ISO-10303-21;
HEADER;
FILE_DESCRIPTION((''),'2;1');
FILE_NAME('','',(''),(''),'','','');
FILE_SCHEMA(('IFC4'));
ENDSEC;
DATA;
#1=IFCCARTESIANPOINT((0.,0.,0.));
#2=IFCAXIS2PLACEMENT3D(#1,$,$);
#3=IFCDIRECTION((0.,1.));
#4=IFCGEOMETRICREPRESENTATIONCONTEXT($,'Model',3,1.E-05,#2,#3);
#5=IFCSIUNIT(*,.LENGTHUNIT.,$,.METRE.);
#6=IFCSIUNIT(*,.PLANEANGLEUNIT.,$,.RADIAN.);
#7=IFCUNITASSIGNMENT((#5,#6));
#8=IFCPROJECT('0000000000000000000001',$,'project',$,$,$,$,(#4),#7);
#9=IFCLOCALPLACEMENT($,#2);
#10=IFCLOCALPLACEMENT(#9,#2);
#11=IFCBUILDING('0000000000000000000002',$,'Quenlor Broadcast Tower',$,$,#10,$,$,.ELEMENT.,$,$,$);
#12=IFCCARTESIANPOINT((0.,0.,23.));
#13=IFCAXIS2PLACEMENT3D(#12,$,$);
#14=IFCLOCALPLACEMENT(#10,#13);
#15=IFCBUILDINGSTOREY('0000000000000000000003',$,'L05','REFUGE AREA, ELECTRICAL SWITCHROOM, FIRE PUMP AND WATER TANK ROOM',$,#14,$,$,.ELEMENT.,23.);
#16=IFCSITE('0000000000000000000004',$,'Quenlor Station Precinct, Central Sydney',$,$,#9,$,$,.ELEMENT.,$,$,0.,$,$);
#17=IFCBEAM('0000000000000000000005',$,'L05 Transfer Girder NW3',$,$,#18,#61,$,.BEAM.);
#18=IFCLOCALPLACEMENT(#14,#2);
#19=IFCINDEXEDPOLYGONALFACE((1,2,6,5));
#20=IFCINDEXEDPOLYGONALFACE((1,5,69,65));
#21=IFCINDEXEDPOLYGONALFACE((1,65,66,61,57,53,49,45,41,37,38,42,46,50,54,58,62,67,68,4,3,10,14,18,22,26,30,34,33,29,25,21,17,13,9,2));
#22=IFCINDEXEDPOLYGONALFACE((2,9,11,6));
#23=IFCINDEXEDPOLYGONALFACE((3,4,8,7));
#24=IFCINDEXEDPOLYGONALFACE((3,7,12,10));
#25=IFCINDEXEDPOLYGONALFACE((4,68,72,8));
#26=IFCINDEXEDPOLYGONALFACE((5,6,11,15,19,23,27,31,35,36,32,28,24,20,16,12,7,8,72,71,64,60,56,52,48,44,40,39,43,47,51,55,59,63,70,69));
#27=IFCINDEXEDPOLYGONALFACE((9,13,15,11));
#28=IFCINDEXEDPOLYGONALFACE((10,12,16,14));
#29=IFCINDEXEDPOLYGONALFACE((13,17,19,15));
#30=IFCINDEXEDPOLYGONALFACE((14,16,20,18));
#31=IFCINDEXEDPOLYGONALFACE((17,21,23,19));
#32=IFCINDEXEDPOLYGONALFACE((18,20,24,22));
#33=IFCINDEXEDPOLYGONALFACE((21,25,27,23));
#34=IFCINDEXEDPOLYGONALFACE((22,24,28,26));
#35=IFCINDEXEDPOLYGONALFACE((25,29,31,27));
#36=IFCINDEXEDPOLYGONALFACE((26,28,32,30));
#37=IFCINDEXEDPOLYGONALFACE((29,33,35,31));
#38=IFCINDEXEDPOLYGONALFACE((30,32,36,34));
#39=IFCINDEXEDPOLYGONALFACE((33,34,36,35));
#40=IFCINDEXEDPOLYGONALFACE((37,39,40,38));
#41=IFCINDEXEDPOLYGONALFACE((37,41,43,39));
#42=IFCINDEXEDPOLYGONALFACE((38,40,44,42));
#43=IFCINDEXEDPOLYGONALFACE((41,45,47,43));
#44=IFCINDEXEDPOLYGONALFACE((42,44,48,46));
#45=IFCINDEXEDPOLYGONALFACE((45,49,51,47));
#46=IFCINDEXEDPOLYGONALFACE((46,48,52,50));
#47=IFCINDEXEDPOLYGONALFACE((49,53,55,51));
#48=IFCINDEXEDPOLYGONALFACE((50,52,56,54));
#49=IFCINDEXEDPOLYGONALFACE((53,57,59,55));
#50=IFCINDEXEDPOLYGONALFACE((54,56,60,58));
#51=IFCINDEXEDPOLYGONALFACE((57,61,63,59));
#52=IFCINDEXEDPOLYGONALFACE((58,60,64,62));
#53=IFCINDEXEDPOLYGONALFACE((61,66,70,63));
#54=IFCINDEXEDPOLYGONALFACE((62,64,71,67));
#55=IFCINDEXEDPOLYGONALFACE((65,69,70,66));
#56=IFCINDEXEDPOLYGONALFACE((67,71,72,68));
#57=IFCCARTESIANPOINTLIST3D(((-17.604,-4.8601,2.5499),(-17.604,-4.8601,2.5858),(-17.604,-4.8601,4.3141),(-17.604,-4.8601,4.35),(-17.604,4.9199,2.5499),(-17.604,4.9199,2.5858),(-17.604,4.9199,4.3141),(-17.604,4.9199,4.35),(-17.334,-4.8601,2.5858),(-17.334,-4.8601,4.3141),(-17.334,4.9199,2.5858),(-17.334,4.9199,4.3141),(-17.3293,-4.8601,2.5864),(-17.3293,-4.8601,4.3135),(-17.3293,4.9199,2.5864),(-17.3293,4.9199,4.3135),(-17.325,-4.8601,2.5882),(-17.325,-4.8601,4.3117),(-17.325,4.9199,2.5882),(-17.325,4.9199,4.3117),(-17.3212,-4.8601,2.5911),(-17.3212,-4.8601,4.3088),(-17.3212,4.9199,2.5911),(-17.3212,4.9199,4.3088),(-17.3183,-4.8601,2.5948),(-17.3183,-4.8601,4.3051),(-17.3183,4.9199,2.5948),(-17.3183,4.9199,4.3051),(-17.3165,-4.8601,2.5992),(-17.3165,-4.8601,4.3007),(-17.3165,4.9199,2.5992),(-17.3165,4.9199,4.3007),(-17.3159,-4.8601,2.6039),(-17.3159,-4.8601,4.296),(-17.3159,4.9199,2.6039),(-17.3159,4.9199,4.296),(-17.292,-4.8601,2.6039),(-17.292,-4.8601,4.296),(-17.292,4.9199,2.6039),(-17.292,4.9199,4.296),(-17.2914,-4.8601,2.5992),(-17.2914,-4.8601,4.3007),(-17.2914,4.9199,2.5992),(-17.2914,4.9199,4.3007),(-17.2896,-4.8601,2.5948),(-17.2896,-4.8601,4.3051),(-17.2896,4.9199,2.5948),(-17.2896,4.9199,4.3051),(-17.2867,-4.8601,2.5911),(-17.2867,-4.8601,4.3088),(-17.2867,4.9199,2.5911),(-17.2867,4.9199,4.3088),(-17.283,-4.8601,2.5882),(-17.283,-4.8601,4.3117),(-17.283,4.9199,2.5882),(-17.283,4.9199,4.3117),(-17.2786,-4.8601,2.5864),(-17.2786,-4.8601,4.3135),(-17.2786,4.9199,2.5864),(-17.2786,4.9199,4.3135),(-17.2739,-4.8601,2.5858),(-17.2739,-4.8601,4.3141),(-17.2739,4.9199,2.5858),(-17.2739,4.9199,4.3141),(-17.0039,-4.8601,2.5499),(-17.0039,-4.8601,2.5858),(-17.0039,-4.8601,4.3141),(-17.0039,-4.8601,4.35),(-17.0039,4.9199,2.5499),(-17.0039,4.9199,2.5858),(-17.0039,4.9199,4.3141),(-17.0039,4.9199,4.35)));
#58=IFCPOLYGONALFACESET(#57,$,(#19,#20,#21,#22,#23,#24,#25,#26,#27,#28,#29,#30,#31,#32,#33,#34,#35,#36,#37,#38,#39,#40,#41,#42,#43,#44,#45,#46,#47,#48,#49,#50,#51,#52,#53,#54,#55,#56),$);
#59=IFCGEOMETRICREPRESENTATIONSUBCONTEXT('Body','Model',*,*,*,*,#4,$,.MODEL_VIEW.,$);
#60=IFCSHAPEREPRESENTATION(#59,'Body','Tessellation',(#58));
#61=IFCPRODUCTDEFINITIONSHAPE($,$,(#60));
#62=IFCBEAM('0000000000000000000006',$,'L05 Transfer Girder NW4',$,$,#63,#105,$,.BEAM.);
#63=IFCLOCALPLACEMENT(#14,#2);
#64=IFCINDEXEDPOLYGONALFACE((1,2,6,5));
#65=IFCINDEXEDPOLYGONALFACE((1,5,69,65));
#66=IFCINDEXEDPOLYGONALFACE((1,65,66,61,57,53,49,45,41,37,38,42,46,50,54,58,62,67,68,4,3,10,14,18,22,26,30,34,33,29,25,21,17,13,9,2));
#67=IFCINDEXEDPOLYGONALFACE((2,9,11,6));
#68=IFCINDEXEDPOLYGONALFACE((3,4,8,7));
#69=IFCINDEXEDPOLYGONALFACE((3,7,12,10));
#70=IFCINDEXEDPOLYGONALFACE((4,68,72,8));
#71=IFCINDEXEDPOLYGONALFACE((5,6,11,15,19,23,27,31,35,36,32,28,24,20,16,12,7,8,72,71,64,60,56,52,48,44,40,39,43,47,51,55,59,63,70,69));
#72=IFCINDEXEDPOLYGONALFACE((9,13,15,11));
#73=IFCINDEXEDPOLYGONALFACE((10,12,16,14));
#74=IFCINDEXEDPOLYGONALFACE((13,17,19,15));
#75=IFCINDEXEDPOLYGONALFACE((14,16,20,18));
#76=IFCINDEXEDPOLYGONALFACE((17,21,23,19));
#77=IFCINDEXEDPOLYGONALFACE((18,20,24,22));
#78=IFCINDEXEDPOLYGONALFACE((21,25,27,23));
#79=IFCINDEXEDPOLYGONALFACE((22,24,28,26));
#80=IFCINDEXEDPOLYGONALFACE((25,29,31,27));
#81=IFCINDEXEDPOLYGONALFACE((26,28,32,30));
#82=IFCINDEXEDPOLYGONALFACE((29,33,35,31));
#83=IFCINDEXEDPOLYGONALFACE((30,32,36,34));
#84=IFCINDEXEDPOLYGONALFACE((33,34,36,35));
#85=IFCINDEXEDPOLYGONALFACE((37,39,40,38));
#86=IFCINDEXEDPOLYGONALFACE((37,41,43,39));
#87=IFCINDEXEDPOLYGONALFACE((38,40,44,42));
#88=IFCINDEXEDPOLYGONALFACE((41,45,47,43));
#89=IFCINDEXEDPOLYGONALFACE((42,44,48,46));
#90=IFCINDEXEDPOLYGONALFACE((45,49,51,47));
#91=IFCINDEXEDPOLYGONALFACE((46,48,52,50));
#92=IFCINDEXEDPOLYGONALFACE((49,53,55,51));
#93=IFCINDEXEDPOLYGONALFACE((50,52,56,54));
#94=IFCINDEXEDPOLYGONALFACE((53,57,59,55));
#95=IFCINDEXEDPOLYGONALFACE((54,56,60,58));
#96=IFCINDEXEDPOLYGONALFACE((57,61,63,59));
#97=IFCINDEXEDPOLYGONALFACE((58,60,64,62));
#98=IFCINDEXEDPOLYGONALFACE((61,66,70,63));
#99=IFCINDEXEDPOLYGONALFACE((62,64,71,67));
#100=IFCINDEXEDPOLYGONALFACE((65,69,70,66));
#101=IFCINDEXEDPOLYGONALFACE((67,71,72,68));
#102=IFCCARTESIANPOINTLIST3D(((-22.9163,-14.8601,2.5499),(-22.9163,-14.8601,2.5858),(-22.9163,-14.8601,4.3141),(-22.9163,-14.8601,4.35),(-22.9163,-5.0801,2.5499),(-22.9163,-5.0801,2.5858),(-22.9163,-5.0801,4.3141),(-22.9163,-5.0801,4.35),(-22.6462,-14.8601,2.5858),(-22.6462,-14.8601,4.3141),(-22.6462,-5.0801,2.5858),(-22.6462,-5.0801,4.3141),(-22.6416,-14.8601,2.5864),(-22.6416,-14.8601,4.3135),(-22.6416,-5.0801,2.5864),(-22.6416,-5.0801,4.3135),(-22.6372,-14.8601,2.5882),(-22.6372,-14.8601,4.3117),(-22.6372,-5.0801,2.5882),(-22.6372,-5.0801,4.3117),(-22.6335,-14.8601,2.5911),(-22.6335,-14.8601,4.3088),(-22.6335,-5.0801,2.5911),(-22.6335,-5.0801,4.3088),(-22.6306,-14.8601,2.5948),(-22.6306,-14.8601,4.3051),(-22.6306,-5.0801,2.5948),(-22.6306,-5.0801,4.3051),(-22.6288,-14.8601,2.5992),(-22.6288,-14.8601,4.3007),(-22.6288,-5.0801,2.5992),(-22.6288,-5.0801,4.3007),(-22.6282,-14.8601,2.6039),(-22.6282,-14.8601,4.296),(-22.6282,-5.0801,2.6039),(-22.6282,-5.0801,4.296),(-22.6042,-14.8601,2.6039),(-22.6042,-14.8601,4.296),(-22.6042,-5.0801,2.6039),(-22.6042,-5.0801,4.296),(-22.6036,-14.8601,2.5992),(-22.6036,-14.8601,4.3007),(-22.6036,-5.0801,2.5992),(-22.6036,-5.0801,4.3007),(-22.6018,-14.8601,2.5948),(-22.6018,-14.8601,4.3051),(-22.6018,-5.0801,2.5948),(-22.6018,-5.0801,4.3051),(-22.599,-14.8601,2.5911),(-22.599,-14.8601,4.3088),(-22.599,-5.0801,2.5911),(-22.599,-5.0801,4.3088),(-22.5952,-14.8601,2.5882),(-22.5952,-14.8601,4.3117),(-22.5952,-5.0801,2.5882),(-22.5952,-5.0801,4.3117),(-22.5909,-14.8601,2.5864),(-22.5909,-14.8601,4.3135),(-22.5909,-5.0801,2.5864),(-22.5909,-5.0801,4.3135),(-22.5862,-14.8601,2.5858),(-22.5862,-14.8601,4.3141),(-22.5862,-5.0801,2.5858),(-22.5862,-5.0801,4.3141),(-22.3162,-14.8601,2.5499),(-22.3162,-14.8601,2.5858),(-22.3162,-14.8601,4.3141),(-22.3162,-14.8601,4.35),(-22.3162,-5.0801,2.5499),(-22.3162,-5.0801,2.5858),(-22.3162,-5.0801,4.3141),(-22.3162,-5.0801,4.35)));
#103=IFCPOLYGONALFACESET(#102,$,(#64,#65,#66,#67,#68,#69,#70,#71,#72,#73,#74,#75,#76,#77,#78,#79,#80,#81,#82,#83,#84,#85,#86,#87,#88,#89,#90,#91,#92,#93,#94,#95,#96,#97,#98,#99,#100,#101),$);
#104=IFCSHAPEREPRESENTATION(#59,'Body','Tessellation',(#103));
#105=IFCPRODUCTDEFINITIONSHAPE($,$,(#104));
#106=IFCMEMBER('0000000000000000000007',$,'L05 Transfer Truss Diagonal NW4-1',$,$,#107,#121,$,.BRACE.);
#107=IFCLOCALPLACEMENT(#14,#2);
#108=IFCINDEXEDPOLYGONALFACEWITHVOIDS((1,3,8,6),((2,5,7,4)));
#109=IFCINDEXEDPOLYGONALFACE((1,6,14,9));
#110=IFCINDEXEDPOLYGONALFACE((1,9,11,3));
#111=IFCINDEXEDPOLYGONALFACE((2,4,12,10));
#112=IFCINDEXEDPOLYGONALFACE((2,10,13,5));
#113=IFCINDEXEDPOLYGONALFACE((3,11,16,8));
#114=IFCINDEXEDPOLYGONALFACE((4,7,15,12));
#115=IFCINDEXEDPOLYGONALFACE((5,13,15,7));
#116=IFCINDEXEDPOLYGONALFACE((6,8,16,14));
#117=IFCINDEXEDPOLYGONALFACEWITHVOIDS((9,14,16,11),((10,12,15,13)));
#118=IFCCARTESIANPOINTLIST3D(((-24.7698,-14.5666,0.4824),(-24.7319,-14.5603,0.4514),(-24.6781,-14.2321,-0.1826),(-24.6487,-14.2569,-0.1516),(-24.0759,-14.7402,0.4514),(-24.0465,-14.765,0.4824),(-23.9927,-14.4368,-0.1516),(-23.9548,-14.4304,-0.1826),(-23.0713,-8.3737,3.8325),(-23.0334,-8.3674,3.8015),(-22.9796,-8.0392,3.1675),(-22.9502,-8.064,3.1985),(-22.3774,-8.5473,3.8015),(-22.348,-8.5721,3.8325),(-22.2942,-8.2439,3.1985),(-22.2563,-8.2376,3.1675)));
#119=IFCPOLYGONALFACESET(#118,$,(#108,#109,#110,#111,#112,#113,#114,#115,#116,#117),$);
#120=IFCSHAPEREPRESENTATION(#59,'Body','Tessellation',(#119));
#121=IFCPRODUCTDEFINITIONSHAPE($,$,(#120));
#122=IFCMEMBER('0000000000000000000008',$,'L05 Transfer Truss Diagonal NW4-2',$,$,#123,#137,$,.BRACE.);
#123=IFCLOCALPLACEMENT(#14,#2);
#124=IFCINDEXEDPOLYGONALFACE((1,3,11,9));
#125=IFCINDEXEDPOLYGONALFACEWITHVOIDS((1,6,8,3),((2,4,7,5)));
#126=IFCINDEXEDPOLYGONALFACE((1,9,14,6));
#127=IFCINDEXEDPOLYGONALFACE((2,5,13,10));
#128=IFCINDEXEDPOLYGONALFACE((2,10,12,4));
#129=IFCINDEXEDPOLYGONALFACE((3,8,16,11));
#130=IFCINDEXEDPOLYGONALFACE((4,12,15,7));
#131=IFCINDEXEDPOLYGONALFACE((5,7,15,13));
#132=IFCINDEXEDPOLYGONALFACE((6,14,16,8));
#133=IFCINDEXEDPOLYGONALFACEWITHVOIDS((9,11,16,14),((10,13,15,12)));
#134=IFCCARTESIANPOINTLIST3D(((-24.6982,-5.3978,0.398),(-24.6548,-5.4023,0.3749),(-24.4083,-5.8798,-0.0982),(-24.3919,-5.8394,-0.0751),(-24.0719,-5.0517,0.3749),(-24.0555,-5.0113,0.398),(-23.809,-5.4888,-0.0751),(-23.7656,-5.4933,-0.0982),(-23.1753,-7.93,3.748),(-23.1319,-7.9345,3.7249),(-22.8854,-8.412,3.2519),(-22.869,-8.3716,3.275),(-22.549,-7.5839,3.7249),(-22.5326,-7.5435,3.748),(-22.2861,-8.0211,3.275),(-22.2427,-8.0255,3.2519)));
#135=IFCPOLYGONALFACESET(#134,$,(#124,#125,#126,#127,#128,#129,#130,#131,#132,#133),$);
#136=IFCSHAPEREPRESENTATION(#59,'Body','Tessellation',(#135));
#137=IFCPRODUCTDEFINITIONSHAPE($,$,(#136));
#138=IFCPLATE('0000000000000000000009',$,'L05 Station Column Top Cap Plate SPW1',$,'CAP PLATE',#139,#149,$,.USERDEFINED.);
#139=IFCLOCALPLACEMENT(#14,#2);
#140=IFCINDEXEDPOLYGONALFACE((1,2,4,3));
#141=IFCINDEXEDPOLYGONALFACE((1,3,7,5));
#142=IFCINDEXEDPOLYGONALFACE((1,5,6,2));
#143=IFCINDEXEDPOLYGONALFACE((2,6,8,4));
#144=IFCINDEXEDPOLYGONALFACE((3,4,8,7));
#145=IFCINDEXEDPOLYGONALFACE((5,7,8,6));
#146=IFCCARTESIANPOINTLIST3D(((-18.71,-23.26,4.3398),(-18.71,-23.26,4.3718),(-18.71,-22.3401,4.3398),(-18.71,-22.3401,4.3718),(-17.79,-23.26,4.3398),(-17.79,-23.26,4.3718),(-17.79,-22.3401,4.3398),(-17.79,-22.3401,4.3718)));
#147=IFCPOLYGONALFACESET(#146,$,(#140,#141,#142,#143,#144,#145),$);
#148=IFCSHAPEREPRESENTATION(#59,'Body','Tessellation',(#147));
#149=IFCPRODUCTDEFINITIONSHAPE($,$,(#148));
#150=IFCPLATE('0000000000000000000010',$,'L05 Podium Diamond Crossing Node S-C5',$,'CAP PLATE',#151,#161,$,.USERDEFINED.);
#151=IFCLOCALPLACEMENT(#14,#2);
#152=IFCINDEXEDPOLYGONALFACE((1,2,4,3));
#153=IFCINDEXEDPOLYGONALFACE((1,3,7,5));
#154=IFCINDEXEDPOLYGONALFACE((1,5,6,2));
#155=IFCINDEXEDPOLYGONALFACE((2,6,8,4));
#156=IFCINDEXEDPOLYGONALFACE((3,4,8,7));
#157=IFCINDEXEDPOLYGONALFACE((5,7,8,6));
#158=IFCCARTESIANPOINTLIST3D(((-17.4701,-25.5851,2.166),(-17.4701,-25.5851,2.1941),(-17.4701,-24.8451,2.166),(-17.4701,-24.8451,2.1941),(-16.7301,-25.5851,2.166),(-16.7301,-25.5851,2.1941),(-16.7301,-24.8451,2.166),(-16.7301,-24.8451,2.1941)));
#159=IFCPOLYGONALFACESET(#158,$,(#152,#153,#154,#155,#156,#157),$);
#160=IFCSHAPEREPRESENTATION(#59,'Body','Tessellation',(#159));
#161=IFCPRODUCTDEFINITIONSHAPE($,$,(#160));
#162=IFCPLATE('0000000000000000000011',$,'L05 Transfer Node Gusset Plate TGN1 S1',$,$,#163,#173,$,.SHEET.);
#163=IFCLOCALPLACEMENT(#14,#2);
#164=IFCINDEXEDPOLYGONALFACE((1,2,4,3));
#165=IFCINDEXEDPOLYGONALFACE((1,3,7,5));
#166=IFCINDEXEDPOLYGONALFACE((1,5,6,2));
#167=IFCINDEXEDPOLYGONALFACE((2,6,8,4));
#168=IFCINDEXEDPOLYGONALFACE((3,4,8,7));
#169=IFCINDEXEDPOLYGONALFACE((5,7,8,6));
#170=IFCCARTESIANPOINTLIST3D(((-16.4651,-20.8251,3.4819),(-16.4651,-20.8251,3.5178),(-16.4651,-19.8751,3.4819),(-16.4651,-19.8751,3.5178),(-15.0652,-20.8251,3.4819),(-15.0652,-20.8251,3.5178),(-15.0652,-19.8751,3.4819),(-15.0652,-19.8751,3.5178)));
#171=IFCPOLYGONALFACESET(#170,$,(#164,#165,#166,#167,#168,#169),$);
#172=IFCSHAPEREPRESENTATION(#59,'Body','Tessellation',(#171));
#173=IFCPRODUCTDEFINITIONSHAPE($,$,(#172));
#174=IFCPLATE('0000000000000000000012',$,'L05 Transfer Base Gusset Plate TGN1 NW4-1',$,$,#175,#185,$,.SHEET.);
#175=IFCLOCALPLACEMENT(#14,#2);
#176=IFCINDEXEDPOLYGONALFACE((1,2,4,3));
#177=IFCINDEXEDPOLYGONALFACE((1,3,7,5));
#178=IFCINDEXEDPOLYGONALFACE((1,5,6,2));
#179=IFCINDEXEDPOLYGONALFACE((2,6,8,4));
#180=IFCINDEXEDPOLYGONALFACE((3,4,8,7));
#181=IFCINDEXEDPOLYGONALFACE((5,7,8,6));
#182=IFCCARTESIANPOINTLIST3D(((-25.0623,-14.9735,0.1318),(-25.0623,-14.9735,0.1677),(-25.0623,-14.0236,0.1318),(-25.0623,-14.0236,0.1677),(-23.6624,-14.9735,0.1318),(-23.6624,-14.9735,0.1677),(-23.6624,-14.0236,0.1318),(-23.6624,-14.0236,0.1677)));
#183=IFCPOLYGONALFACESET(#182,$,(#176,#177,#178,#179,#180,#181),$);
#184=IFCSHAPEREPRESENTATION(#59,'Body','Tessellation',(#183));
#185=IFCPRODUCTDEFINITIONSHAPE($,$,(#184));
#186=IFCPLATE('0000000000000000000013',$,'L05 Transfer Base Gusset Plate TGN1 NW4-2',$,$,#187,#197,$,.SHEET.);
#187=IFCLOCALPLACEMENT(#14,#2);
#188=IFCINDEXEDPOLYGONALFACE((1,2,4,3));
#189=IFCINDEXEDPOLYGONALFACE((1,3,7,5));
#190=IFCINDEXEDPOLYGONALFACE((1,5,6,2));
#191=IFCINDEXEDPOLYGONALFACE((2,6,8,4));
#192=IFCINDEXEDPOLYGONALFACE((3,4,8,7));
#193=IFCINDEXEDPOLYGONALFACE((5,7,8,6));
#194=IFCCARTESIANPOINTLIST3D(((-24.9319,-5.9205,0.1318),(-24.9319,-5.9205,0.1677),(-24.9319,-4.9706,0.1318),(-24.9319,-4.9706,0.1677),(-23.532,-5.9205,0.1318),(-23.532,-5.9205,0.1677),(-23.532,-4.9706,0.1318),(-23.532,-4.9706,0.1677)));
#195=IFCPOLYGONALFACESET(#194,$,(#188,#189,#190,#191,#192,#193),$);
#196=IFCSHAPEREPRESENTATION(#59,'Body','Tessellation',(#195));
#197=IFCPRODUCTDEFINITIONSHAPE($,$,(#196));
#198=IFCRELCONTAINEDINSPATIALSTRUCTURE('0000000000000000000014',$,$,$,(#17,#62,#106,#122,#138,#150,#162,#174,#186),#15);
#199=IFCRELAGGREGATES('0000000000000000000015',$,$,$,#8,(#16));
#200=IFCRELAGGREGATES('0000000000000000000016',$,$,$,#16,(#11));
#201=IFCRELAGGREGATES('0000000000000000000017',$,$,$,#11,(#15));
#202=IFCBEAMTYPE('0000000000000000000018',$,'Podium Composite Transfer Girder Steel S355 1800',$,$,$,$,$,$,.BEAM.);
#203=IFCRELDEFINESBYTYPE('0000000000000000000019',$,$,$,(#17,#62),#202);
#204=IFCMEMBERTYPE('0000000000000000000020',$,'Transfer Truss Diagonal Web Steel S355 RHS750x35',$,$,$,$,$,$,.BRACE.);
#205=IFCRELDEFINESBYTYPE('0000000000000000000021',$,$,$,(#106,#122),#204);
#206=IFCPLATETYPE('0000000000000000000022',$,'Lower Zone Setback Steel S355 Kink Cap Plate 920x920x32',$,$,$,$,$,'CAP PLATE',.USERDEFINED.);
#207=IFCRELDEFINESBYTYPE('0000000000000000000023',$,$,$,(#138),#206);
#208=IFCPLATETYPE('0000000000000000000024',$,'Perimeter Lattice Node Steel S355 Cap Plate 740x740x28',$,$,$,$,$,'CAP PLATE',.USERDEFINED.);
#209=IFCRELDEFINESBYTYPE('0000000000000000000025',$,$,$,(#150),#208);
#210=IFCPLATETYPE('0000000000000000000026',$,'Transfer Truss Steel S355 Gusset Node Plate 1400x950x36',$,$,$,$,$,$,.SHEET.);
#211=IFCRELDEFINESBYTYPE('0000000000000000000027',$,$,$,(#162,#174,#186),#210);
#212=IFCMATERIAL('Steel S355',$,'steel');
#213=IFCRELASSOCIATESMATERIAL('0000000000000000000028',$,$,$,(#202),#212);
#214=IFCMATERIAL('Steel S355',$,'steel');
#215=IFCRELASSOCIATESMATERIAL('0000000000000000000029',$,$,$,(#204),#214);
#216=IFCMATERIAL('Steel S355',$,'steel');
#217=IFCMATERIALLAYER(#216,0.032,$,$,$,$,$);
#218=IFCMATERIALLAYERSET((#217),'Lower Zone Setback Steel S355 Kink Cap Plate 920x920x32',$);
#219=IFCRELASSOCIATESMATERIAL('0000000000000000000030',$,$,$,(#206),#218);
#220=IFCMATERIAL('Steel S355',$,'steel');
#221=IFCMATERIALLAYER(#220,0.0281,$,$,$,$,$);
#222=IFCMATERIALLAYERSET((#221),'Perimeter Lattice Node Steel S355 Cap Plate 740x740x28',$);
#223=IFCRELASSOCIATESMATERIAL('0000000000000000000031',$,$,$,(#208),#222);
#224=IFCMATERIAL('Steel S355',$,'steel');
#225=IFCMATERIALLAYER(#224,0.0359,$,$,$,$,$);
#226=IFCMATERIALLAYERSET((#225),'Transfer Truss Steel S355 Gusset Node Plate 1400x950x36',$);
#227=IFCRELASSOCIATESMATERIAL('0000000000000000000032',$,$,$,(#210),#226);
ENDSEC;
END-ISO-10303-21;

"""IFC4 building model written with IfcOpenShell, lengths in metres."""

from ifc_helpers import new_model, si_unit, direction, frame, origin, origin_2d, place, context, subcontext, project, spatial, rectangle, hollow_rectangle, i_section, extrude, material, layer, layer_set, material_profile, profile_set, type_object, element, save


model = new_model("IFC4")

# Units and contexts
model_context = context("Model", 3, precision=1e-05, world=origin(), true_north=direction((0.0, 1.0)))
body_context = subcontext(model_context, "Body", "Model", "MODEL_VIEW")
ifc_project = project(units=[si_unit("LENGTHUNIT", "METRE"), si_unit("PLANEANGLEUNIT", "RADIAN")], contexts=[model_context])

# Site, building, storey
site_placement = place(None, origin())
site = spatial("IfcSite", under=ifc_project, at=site_placement, Name="Quenlor Station Precinct, Central Sydney", CompositionType="ELEMENT", RefElevation=0.0)
building_placement = place(site_placement, origin())
building = spatial("IfcBuilding", under=site, at=building_placement, Name="Quenlor Broadcast Tower", CompositionType="ELEMENT")
storey_placement = place(building_placement, frame((0.0, 0.0, 23.0)))
storey = spatial("IfcBuildingStorey", under=building, at=storey_placement, Name="L05", Description="REFUGE AREA, ELECTRICAL SWITCHROOM, FIRE PUMP AND WATER TANK ROOM", CompositionType="ELEMENT", Elevation=23.0)

# Beams
ifc_material_1 = material(Name="Steel S355", Category="steel")
ifc_material_profile_1 = material_profile(ifc_material_1, i_section(OverallWidth=0.6001, OverallDepth=1.8, WebThickness=0.0239, FlangeThickness=0.0359, FilletRadius=0.0181, at=origin_2d()))
ifc_profile_set_1 = profile_set([ifc_material_profile_1], Name="Steel S355 1800TG620")
beam_type_1 = type_object("IfcBeamType", Name="Podium Composite Transfer Girder Steel S355 1800", PredefinedType="BEAM", material=ifc_profile_set_1)
for number, where, z_axis, x_axis, name in (
    (1, (-17.304, -4.8601, 3.45), (0.0, 1.0, 0.0), (-1.0, 0.0, 0.0), "L05 Transfer Girder NW3"),
    (2, (-22.6162, -14.8601, 3.45), (0.0, 1.0, 0.0), (-1.0, 0.0, 0.0), "L05 Transfer Girder NW4"),
):
    element("IfcBeam", number, at=place(storey_placement, frame(where, z_axis=z_axis, x_axis=x_axis)), inside=storey, type_object=beam_type_1, Name=name, PredefinedType="BEAM", context=body_context, shape_type="SweptSolid", body=[
        extrude(i_section(OverallWidth=0.6001, OverallDepth=1.8, WebThickness=0.0239, FlangeThickness=0.0359, FilletRadius=0.0181, at=origin_2d()), origin(), (0.0, 0.0, 1.0), 9.78),
    ])

# Members
ifc_material_2 = material(Name="Steel S355", Category="steel")
ifc_material_profile_2 = material_profile(ifc_material_2, hollow_rectangle(XDim=0.75, YDim=0.75, WallThickness=0.0349, at=origin_2d()))
ifc_profile_set_2 = profile_set([ifc_material_profile_2], Name="Steel S355 RHS750x750x35")
member_type_1 = type_object("IfcMemberType", Name="Transfer Truss Diagonal Web Steel S355 RHS750x35", PredefinedType="BRACE", material=ifc_profile_set_2)
member_1_placement = place(storey_placement, frame((-24.3623, -14.4985, 0.1499), z_axis=(0.234503, 0.855026, 0.462535), x_axis=(-0.964386, 0.264497, 0.0)))
element("IfcMember", 3, at=member_1_placement, inside=storey, type_object=member_type_1, Name="L05 Transfer Truss Diagonal NW4-1", PredefinedType="BRACE", context=body_context, shape_type="SweptSolid", body=[
    extrude(hollow_rectangle(XDim=0.75, YDim=0.75, WallThickness=0.0349, at=origin_2d()), origin(), (0.0, 0.0, 1.0), 7.2429),
])
member_2_placement = place(storey_placement, frame((-24.2319, -5.4456, 0.1499), z_axis=(0.340928, -0.566865, 0.749954), x_axis=(0.856953, 0.515395, 0.0)))
element("IfcMember", 4, at=member_2_placement, inside=storey, type_object=member_type_1, Name="L05 Transfer Truss Diagonal NW4-2", PredefinedType="BRACE", context=body_context, shape_type="SweptSolid", body=[
    extrude(hollow_rectangle(XDim=0.75, YDim=0.75, WallThickness=0.0349, at=origin_2d()), origin(), (0.0, 0.0, 1.0), 4.467),
])

# Plates
ifc_material_3 = material(Name="Steel S355", Category="steel")
ifc_layer_1 = layer(ifc_material_3, 0.032)
ifc_layer_set_1 = layer_set([ifc_layer_1], Name="Lower Zone Setback Steel S355 Kink Cap Plate 920x920x32")
plate_type_1 = type_object("IfcPlateType", Name="Lower Zone Setback Steel S355 Kink Cap Plate 920x920x32", ElementType="CAP PLATE", PredefinedType="USERDEFINED", material=ifc_layer_set_1)
plate_1_placement = place(storey_placement, frame((-18.25, -22.8, 4.3398), z_axis=(0.0, 0.0, 1.0), x_axis=(1.0, 0.0, 0.0)))
element("IfcPlate", 5, at=plate_1_placement, inside=storey, type_object=plate_type_1, Name="L05 Station Column Top Cap Plate SPW1", ObjectType="CAP PLATE", PredefinedType="USERDEFINED", context=body_context, shape_type="SweptSolid", body=[
    extrude(rectangle(XDim=0.9199, YDim=0.9199, at=origin_2d()), origin(), (0.0, 0.0, 1.0), 0.032),
])
ifc_material_4 = material(Name="Steel S355", Category="steel")
ifc_layer_2 = layer(ifc_material_4, 0.0281)
ifc_layer_set_2 = layer_set([ifc_layer_2], Name="Perimeter Lattice Node Steel S355 Cap Plate 740x740x28")
plate_type_2 = type_object("IfcPlateType", Name="Perimeter Lattice Node Steel S355 Cap Plate 740x740x28", ElementType="CAP PLATE", PredefinedType="USERDEFINED", material=ifc_layer_set_2)
plate_2_placement = place(storey_placement, frame((-17.1001, -25.2151, 2.166), z_axis=(0.0, 0.0, 1.0), x_axis=(-1.0, 0.0, 0.0)))
element("IfcPlate", 6, at=plate_2_placement, inside=storey, type_object=plate_type_2, Name="L05 Podium Diamond Crossing Node S-C5", ObjectType="CAP PLATE", PredefinedType="USERDEFINED", context=body_context, shape_type="SweptSolid", body=[
    extrude(rectangle(XDim=0.74, YDim=0.74, at=origin_2d()), origin(), (0.0, 0.0, 1.0), 0.0281),
])
ifc_material_5 = material(Name="Steel S355", Category="steel")
ifc_layer_3 = layer(ifc_material_5, 0.0359)
ifc_layer_set_3 = layer_set([ifc_layer_3], Name="Transfer Truss Steel S355 Gusset Node Plate 1400x950x36")
plate_type_3 = type_object("IfcPlateType", Name="Transfer Truss Steel S355 Gusset Node Plate 1400x950x36", PredefinedType="SHEET", material=ifc_layer_set_3)
for number, where, z_axis, x_axis, name in (
    (7, (-15.7651, -20.3501, 3.4819), (0.0, 0.0, 1.0), (1.0, 0.0, 0.0), "L05 Transfer Node Gusset Plate TGN1 S1"),
    (8, (-24.3623, -14.4985, 0.1318), (0.0, 0.0, 1.0), (1.0, 0.0, 0.0), "L05 Transfer Base Gusset Plate TGN1 NW4-1"),
    (9, (-24.2319, -5.4456, 0.1318), (0.0, 0.0, 1.0), (1.0, 0.0, 0.0), "L05 Transfer Base Gusset Plate TGN1 NW4-2"),
):
    element("IfcPlate", number, at=place(storey_placement, frame(where, z_axis=z_axis, x_axis=x_axis)), inside=storey, type_object=plate_type_3, Name=name, PredefinedType="SHEET", context=body_context, shape_type="SweptSolid", body=[
        extrude(rectangle(XDim=1.3999, YDim=0.95, at=origin_2d()), origin(), (0.0, 0.0, 1.0), 0.0359),
    ])

save(model, "model.ifc")
